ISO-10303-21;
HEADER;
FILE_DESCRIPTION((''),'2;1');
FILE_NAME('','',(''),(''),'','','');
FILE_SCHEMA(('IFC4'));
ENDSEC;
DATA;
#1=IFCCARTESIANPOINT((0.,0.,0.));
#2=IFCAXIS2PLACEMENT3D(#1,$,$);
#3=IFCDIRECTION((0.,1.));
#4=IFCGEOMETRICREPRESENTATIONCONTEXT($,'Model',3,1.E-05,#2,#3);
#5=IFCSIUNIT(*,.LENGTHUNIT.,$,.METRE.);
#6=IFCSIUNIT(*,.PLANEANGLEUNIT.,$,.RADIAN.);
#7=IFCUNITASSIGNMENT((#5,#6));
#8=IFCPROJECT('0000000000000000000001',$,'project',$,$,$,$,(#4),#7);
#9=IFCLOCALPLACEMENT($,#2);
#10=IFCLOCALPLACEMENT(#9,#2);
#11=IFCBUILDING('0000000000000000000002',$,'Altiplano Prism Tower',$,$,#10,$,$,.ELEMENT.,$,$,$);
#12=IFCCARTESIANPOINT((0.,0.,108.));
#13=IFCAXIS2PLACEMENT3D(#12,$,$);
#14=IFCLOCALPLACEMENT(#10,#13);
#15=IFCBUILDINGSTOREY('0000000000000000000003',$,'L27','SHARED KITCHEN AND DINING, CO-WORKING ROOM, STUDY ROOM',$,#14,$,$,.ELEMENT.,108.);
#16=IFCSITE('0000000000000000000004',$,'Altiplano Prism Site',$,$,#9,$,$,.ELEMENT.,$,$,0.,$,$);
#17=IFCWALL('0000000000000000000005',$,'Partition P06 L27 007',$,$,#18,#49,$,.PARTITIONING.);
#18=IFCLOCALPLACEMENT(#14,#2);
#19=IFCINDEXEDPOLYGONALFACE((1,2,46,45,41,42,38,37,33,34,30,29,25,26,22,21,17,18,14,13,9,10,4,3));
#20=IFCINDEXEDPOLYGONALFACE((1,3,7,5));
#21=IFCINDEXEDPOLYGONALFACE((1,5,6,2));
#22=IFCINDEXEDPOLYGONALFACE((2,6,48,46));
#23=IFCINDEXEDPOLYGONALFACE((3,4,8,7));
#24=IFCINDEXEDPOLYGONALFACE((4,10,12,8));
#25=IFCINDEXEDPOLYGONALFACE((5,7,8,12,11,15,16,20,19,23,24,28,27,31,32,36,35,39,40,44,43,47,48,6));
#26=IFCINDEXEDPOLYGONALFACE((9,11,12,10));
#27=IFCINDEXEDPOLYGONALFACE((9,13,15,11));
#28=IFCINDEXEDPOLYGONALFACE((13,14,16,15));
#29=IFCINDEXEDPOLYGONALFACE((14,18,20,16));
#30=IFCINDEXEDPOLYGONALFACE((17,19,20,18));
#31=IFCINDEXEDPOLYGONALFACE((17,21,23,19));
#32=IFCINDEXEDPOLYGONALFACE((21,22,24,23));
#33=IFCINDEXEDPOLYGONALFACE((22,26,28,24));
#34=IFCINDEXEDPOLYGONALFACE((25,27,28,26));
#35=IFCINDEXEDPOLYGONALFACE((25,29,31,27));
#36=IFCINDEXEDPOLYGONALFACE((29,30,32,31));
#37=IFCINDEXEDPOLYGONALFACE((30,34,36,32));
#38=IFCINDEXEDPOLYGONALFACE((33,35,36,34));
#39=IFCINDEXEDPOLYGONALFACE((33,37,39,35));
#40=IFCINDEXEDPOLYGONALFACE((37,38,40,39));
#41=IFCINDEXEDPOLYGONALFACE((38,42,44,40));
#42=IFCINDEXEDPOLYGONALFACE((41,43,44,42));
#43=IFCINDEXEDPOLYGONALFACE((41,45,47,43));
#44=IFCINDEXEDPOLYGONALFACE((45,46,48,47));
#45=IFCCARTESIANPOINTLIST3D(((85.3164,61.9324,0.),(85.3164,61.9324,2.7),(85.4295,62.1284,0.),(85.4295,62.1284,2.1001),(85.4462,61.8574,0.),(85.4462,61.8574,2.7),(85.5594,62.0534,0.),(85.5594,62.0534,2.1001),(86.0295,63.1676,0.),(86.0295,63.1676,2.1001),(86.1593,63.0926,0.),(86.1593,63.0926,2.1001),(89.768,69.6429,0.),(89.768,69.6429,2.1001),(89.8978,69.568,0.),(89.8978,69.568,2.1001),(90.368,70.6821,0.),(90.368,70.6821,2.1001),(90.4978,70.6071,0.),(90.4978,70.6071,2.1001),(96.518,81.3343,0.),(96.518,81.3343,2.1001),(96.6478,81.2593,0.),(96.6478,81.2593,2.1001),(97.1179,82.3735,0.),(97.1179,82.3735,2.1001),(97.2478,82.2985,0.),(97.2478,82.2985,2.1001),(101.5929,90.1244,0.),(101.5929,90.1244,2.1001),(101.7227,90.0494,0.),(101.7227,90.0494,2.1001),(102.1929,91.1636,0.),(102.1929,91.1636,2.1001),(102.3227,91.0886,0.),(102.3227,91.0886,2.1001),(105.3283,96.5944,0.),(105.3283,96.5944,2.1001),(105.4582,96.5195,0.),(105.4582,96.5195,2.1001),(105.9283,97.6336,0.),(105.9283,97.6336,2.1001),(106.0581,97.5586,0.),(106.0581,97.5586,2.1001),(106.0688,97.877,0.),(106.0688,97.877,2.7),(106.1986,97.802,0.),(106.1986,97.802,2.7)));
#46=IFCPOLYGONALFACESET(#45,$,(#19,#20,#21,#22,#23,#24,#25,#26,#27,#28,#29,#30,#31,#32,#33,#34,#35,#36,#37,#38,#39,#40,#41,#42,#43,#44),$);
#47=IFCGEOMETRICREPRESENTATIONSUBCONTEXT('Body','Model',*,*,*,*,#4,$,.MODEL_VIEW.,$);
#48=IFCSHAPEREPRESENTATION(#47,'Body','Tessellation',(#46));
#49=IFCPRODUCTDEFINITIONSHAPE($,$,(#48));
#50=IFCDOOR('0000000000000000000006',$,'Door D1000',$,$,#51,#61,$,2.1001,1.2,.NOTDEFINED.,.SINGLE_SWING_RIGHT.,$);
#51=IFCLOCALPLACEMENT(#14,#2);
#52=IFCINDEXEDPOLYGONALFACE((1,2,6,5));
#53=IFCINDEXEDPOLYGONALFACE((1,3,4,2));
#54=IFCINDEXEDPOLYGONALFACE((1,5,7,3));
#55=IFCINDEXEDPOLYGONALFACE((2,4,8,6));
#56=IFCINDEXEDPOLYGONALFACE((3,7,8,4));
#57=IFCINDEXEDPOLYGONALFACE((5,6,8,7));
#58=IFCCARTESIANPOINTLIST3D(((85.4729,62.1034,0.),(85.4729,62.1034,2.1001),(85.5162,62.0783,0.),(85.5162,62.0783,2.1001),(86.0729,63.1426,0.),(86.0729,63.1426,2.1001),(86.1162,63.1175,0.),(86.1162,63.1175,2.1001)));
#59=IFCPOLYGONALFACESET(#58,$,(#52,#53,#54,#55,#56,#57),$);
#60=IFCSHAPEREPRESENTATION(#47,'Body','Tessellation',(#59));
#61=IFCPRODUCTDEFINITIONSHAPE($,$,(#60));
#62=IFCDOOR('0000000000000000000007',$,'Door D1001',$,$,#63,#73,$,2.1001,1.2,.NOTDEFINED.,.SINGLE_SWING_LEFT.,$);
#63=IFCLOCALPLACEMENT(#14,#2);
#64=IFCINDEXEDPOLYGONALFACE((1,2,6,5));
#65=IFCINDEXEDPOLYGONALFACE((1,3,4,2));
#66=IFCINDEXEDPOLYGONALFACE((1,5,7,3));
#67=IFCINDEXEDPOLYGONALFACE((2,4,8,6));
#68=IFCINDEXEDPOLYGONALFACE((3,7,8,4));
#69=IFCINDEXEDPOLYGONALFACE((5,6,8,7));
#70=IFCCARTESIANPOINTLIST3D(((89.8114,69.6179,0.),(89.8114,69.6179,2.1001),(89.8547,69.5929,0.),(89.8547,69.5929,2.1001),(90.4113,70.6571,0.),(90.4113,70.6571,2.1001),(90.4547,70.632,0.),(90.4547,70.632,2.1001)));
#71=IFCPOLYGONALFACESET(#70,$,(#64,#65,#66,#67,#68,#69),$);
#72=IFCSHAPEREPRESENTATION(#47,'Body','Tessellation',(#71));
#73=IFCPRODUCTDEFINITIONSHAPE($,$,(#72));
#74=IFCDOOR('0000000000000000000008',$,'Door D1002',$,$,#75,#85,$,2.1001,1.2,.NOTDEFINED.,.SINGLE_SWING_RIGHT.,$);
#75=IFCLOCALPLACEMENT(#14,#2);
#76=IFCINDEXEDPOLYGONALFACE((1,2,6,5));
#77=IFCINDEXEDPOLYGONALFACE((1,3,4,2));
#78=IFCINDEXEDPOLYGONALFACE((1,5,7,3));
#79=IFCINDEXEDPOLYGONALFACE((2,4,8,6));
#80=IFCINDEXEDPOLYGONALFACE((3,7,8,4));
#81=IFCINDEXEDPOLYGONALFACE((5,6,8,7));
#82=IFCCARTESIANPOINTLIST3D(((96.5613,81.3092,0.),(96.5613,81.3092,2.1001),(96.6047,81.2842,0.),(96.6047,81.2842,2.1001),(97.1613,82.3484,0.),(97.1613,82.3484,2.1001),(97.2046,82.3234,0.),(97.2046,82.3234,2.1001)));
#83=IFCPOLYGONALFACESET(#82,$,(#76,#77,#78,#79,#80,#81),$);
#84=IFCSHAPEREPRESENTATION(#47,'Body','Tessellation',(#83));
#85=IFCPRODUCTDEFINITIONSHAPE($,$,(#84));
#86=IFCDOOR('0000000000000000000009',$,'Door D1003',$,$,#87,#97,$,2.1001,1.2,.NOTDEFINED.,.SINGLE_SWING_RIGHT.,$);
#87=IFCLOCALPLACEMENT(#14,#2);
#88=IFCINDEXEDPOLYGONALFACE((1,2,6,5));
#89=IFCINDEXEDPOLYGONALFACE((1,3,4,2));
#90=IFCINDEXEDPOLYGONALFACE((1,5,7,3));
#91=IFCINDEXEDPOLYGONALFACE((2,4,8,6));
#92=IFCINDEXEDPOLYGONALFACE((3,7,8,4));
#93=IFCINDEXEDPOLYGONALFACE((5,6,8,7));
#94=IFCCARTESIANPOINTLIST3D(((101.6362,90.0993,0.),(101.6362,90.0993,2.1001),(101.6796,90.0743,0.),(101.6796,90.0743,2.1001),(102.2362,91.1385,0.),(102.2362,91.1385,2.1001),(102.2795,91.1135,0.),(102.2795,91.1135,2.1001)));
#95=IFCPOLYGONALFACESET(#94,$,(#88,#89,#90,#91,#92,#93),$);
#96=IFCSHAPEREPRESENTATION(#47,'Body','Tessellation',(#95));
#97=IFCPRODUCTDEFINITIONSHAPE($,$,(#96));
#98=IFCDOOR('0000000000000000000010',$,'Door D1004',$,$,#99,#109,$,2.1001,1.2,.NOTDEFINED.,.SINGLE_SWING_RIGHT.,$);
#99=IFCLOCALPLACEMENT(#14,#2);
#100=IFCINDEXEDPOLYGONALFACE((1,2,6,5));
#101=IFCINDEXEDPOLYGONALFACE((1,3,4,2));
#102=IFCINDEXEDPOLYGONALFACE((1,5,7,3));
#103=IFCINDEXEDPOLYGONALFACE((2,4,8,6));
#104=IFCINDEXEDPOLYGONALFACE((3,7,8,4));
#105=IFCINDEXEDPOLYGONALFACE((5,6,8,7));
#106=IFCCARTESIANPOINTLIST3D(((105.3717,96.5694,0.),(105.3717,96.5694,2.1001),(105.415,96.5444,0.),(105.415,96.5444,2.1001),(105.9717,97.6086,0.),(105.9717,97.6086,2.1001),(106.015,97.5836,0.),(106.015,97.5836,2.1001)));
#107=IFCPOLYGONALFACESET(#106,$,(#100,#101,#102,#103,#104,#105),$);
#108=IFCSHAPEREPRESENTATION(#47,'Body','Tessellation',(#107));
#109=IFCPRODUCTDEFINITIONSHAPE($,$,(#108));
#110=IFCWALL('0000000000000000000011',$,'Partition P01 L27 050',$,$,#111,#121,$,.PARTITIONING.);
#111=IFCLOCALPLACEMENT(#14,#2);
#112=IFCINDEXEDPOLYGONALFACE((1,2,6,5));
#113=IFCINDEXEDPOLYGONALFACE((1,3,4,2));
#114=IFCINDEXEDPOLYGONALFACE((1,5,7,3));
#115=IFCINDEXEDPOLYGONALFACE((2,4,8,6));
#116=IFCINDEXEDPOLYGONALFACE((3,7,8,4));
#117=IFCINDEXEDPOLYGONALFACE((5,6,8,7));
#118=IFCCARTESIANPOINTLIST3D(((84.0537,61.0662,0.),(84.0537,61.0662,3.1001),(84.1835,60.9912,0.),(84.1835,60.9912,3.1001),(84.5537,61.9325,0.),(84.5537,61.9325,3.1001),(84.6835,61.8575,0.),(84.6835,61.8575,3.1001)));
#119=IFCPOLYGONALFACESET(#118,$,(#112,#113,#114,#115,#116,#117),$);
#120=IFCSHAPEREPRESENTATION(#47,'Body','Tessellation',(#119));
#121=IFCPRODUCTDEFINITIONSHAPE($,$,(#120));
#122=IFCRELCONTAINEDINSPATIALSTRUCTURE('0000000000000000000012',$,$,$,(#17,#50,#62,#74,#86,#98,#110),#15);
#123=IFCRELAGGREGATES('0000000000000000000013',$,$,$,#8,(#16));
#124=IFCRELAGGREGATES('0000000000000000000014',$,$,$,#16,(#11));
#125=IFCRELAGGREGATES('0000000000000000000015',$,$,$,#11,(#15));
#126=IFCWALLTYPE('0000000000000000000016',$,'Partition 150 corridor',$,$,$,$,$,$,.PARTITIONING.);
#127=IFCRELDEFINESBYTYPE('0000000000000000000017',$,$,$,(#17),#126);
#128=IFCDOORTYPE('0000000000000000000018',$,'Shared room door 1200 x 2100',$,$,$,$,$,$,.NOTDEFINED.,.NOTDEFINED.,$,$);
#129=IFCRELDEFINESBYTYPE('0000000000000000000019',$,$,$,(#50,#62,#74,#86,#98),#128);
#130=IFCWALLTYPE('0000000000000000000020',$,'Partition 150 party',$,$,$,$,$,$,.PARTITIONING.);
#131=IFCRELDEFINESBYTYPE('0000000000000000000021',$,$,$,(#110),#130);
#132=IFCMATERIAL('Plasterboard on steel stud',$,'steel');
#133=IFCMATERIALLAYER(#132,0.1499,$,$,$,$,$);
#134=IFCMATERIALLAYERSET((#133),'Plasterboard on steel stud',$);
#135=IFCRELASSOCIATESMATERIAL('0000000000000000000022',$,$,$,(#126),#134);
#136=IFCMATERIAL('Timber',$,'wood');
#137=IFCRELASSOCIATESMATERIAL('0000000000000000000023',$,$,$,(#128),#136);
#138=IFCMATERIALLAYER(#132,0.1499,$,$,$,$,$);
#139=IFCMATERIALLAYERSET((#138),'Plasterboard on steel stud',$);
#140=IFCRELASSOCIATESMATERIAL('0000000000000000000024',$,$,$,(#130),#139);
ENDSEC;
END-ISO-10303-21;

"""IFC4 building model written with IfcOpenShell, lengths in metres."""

from ifc_helpers import new_model, si_unit, direction, frame, frame_2d, origin, place, context, subcontext, project, spatial, rectangle, extrude, material, layer, layer_set, type_object, element, fill, save


model = new_model("IFC4")

# Units and contexts
model_context = context("Model", 3, precision=1e-05, world=origin(), true_north=direction((0.0, 1.0)))
body_context = subcontext(model_context, "Body", "Model", "MODEL_VIEW")
ifc_project = project(units=[si_unit("LENGTHUNIT", "METRE"), si_unit("PLANEANGLEUNIT", "RADIAN")], contexts=[model_context])

# Site, building, storey
site_placement = place(None, origin())
site = spatial("IfcSite", under=ifc_project, at=site_placement, Name="Altiplano Prism Site", CompositionType="ELEMENT", RefElevation=0.0)
building_placement = place(site_placement, origin())
building = spatial("IfcBuilding", under=site, at=building_placement, Name="Altiplano Prism Tower", CompositionType="ELEMENT")
storey_placement = place(building_placement, frame((0.0, 0.0, 108.0)))
storey = spatial("IfcBuildingStorey", under=building, at=storey_placement, Name="L27", Description="SHARED KITCHEN AND DINING, CO-WORKING ROOM, STUDY ROOM", CompositionType="ELEMENT", Elevation=108.0)

# Shared definitions
ifc_material_1 = material(Name="Plasterboard on steel stud", Category="steel")
ifc_layer_1 = layer(ifc_material_1, 0.1499)
ifc_layer_set_1 = layer_set([ifc_layer_1], Name="Plasterboard on steel stud")
wall_type_1 = type_object("IfcWallType", Name="Partition 150 corridor", PredefinedType="PARTITIONING", material=ifc_layer_set_1)

# Wall, openings, doors
wall_1_placement = place(storey_placement, frame((85.3813, 61.895, 0.0), z_axis=(0.0, 0.0, 1.0), x_axis=(0.499997, 0.866027, 0.0)))
wall_1 = element("IfcWall", 1, at=wall_1_placement, inside=storey, type_object=wall_type_1, Name="Partition P06 L27 007", PredefinedType="PARTITIONING", context=body_context, shape_type="SweptSolid", body=[
    extrude(rectangle(XDim=41.5051, YDim=0.1499, at=frame_2d((20.7524, 0.0))), origin(), (0.0, 0.0, 1.0), 2.7),
])
opening_1_placement = place(wall_1_placement, frame((0.2261, 0.0, 0.0)))
opening_1 = element("IfcOpeningElement", 2, at=opening_1_placement, cuts=wall_1, PredefinedType="OPENING", context=body_context, shape_type="SweptSolid", body=[
    extrude(rectangle(XDim=1.2, YDim=2.1001, at=frame_2d((0.6001, 1.05))), frame((0.0, 0.0854, 0.0), z_axis=(0.0, -1.0, 0.0), x_axis=(1.0, 0.0, 0.0)), (0.0, 0.0, 1.0), 0.1709),
])
opening_2_placement = place(wall_1_placement, frame((8.9031, 0.0, 0.0)))
opening_2 = element("IfcOpeningElement", 3, at=opening_2_placement, cuts=wall_1, PredefinedType="OPENING", context=body_context, shape_type="SweptSolid", body=[
    extrude(rectangle(XDim=1.2, YDim=2.1001, at=frame_2d((0.6001, 1.05))), frame((0.0, 0.0854, 0.0), z_axis=(0.0, -1.0, 0.0), x_axis=(1.0, 0.0, 0.0)), (0.0, 0.0, 1.0), 0.1709),
])
opening_3_placement = place(wall_1_placement, frame((22.4031, 0.0, 0.0)))
opening_3 = element("IfcOpeningElement", 4, at=opening_3_placement, cuts=wall_1, PredefinedType="OPENING", context=body_context, shape_type="SweptSolid", body=[
    extrude(rectangle(XDim=1.2, YDim=2.1001, at=frame_2d((0.6001, 1.05))), frame((0.0, 0.0854, 0.0), z_axis=(0.0, -1.0, 0.0), x_axis=(1.0, 0.0, 0.0)), (0.0, 0.0, 1.0), 0.1709),
])
opening_4_placement = place(wall_1_placement, frame((32.553, 0.0, 0.0)))
opening_4 = element("IfcOpeningElement", 5, at=opening_4_placement, cuts=wall_1, PredefinedType="OPENING", context=body_context, shape_type="SweptSolid", body=[
    extrude(rectangle(XDim=1.2, YDim=2.1001, at=frame_2d((0.6001, 1.05))), frame((0.0, 0.0854, 0.0), z_axis=(0.0, -1.0, 0.0), x_axis=(1.0, 0.0, 0.0)), (0.0, 0.0, 1.0), 0.1709),
])
opening_5_placement = place(wall_1_placement, frame((40.0239, 0.0, 0.0)))
opening_5 = element("IfcOpeningElement", 6, at=opening_5_placement, cuts=wall_1, PredefinedType="OPENING", context=body_context, shape_type="SweptSolid", body=[
    extrude(rectangle(XDim=1.2, YDim=2.1001, at=frame_2d((0.6001, 1.05))), frame((0.0, 0.0854, 0.0), z_axis=(0.0, -1.0, 0.0), x_axis=(1.0, 0.0, 0.0)), (0.0, 0.0, 1.0), 0.1709),
])
ifc_material_2 = material(Name="Timber", Category="wood")
door_type = type_object("IfcDoorType", Name="Shared room door 1200 x 2100", OperationType="NOTDEFINED", PredefinedType="NOTDEFINED", material=ifc_material_2)
door_1_placement = place(opening_1_placement, origin())
door_1 = element("IfcDoor", 7, at=door_1_placement, inside=storey, type_object=door_type, Name="Door D1000", OperationType="SINGLE_SWING_RIGHT", OverallHeight=2.1001, OverallWidth=1.2, PredefinedType="NOTDEFINED", context=body_context, shape_type="SweptSolid", body=[
    extrude(rectangle(XDim=1.2, YDim=2.1001, at=frame_2d((0.6001, 1.05))), frame((0.0, 0.0249, 0.0), z_axis=(0.0, -1.0, 0.0), x_axis=(1.0, 0.0, 0.0)), (0.0, 0.0, 1.0), 0.05),
])
fill(opening_1, door_1)
door_2_placement = place(opening_2_placement, origin())
door_2 = element("IfcDoor", 8, at=door_2_placement, inside=storey, type_object=door_type, Name="Door D1001", OperationType="SINGLE_SWING_LEFT", OverallHeight=2.1001, OverallWidth=1.2, PredefinedType="NOTDEFINED", context=body_context, shape_type="SweptSolid", body=[
    extrude(rectangle(XDim=1.2, YDim=2.1001, at=frame_2d((0.6001, 1.05))), frame((0.0, 0.0249, 0.0), z_axis=(0.0, -1.0, 0.0), x_axis=(1.0, 0.0, 0.0)), (0.0, 0.0, 1.0), 0.05),
])
fill(opening_2, door_2)
door_3_placement = place(opening_3_placement, origin())
door_3 = element("IfcDoor", 9, at=door_3_placement, inside=storey, type_object=door_type, Name="Door D1002", OperationType="SINGLE_SWING_RIGHT", OverallHeight=2.1001, OverallWidth=1.2, PredefinedType="NOTDEFINED", context=body_context, shape_type="SweptSolid", body=[
    extrude(rectangle(XDim=1.2, YDim=2.1001, at=frame_2d((0.6001, 1.05))), frame((0.0, 0.0249, 0.0), z_axis=(0.0, -1.0, 0.0), x_axis=(1.0, 0.0, 0.0)), (0.0, 0.0, 1.0), 0.05),
])
fill(opening_3, door_3)
door_4_placement = place(opening_4_placement, origin())
door_4 = element("IfcDoor", 10, at=door_4_placement, inside=storey, type_object=door_type, Name="Door D1003", OperationType="SINGLE_SWING_RIGHT", OverallHeight=2.1001, OverallWidth=1.2, PredefinedType="NOTDEFINED", context=body_context, shape_type="SweptSolid", body=[
    extrude(rectangle(XDim=1.2, YDim=2.1001, at=frame_2d((0.6001, 1.05))), frame((0.0, 0.0249, 0.0), z_axis=(0.0, -1.0, 0.0), x_axis=(1.0, 0.0, 0.0)), (0.0, 0.0, 1.0), 0.05),
])
fill(opening_4, door_4)
door_5_placement = place(opening_5_placement, origin())
door_5 = element("IfcDoor", 11, at=door_5_placement, inside=storey, type_object=door_type, Name="Door D1004", OperationType="SINGLE_SWING_RIGHT", OverallHeight=2.1001, OverallWidth=1.2, PredefinedType="NOTDEFINED", context=body_context, shape_type="SweptSolid", body=[
    extrude(rectangle(XDim=1.2, YDim=2.1001, at=frame_2d((0.6001, 1.05))), frame((0.0, 0.0249, 0.0), z_axis=(0.0, -1.0, 0.0), x_axis=(1.0, 0.0, 0.0)), (0.0, 0.0, 1.0), 0.05),
])
fill(opening_5, door_5)

# Wall
ifc_layer_2 = layer(ifc_material_1, 0.1499)
ifc_layer_set_2 = layer_set([ifc_layer_2], Name="Plasterboard on steel stud")
wall_type_2 = type_object("IfcWallType", Name="Partition 150 party", PredefinedType="PARTITIONING", material=ifc_layer_set_2)
wall_2_placement = place(storey_placement, frame((84.1187, 61.0288, 0.0), z_axis=(0.0, 0.0, 1.0), x_axis=(0.49992, 0.866072, 0.0)))
element("IfcWall", 12, at=wall_2_placement, inside=storey, type_object=wall_type_2, Name="Partition P01 L27 050", PredefinedType="PARTITIONING", context=body_context, shape_type="SweptSolid", body=[
    extrude(rectangle(XDim=1.0002, YDim=0.1499, at=frame_2d((0.5, 0.0))), origin(), (0.0, 0.0, 1.0), 3.1001),
])

save(model, "model.ifc")
